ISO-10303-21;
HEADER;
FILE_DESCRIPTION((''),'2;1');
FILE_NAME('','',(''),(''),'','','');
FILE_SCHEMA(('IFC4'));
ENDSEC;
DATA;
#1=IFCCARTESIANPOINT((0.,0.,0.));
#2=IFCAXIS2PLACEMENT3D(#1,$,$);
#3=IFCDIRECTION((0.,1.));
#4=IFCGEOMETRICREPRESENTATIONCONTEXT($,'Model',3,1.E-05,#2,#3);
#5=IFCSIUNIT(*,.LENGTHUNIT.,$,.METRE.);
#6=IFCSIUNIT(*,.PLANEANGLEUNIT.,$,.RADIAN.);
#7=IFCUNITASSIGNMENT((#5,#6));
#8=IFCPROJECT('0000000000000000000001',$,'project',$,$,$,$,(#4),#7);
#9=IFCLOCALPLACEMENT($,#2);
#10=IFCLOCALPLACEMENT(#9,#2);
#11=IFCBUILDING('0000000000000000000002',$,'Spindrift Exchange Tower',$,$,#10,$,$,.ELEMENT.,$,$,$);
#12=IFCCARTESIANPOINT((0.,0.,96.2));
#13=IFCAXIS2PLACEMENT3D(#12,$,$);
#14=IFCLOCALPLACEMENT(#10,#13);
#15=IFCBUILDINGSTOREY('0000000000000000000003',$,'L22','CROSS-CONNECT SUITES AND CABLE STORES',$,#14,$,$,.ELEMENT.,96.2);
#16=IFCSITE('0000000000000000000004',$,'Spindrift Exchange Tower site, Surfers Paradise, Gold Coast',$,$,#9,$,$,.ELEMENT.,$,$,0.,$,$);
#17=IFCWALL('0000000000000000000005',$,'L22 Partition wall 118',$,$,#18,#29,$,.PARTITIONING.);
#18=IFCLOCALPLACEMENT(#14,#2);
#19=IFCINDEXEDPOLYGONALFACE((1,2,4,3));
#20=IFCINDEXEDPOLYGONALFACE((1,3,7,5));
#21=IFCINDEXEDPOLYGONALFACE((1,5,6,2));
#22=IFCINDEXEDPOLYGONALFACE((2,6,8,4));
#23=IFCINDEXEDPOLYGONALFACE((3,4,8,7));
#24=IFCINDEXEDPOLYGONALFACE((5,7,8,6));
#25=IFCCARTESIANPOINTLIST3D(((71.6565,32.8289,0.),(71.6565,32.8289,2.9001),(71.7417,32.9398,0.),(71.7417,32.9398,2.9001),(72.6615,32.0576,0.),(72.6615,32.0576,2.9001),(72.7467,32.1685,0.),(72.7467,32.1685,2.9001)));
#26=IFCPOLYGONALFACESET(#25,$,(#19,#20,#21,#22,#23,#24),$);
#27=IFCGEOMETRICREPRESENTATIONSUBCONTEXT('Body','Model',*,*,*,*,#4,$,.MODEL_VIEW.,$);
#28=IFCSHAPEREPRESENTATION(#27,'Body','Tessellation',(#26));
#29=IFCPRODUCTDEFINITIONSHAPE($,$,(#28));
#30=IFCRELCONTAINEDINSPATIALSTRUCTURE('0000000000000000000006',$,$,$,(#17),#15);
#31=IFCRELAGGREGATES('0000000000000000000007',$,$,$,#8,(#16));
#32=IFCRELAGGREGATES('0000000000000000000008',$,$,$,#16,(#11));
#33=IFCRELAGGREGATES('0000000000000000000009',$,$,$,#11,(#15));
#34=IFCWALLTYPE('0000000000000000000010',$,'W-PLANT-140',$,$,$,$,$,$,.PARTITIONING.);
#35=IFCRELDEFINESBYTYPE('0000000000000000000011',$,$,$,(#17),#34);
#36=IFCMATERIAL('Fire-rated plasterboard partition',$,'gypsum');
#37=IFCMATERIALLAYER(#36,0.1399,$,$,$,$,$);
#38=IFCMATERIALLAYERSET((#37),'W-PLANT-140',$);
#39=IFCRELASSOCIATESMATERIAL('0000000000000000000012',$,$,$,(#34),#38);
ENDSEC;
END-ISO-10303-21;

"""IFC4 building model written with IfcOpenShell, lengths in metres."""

from ifc_helpers import new_model, si_unit, direction, frame, frame_2d, origin, place, context, subcontext, project, spatial, rectangle, extrude, material, layer, layer_set, type_object, element, save


model = new_model("IFC4")

# Units and contexts
model_context = context("Model", 3, precision=1e-05, world=origin(), true_north=direction((0.0, 1.0)))
body_context = subcontext(model_context, "Body", "Model", "MODEL_VIEW")
ifc_project = project(units=[si_unit("LENGTHUNIT", "METRE"), si_unit("PLANEANGLEUNIT", "RADIAN")], contexts=[model_context])

# Site, building, storey
site_placement = place(None, origin())
site = spatial("IfcSite", under=ifc_project, at=site_placement, Name="Spindrift Exchange Tower site, Surfers Paradise, Gold Coast", CompositionType="ELEMENT", RefElevation=0.0)
building_placement = place(site_placement, origin())
building = spatial("IfcBuilding", under=site, at=building_placement, Name="Spindrift Exchange Tower", CompositionType="ELEMENT")
storey_placement = place(building_placement, frame((0.0, 0.0, 96.2)))
storey = spatial("IfcBuildingStorey", under=building, at=storey_placement, Name="L22", Description="CROSS-CONNECT SUITES AND CABLE STORES", CompositionType="ELEMENT", Elevation=96.2)

# Shared definitions
ifc_material_1 = material(Name="Fire-rated plasterboard partition", Category="gypsum")

# Wall
ifc_layer_1 = layer(ifc_material_1, 0.1399)
ifc_layer_set_1 = layer_set([ifc_layer_1], Name="W-PLANT-140")
wall_type_1 = type_object("IfcWallType", Name="W-PLANT-140", PredefinedType="PARTITIONING", material=ifc_layer_set_1)
wall_1_placement = place(storey_placement, frame((71.6992, 32.8843, 0.0), z_axis=(0.0, 0.0, 1.0), x_axis=(0.79329, -0.608844, 0.0)))
element("IfcWall", 1, at=wall_1_placement, inside=storey, type_object=wall_type_1, Name="L22 Partition wall 118", PredefinedType="PARTITIONING", context=body_context, shape_type="SweptSolid", body=[
    extrude(rectangle(XDim=1.2668, YDim=0.1399, at=frame_2d((0.6333, 0.0))), origin(), (0.0, 0.0, 1.0), 2.9001),
])

save(model, "model.ifc")
